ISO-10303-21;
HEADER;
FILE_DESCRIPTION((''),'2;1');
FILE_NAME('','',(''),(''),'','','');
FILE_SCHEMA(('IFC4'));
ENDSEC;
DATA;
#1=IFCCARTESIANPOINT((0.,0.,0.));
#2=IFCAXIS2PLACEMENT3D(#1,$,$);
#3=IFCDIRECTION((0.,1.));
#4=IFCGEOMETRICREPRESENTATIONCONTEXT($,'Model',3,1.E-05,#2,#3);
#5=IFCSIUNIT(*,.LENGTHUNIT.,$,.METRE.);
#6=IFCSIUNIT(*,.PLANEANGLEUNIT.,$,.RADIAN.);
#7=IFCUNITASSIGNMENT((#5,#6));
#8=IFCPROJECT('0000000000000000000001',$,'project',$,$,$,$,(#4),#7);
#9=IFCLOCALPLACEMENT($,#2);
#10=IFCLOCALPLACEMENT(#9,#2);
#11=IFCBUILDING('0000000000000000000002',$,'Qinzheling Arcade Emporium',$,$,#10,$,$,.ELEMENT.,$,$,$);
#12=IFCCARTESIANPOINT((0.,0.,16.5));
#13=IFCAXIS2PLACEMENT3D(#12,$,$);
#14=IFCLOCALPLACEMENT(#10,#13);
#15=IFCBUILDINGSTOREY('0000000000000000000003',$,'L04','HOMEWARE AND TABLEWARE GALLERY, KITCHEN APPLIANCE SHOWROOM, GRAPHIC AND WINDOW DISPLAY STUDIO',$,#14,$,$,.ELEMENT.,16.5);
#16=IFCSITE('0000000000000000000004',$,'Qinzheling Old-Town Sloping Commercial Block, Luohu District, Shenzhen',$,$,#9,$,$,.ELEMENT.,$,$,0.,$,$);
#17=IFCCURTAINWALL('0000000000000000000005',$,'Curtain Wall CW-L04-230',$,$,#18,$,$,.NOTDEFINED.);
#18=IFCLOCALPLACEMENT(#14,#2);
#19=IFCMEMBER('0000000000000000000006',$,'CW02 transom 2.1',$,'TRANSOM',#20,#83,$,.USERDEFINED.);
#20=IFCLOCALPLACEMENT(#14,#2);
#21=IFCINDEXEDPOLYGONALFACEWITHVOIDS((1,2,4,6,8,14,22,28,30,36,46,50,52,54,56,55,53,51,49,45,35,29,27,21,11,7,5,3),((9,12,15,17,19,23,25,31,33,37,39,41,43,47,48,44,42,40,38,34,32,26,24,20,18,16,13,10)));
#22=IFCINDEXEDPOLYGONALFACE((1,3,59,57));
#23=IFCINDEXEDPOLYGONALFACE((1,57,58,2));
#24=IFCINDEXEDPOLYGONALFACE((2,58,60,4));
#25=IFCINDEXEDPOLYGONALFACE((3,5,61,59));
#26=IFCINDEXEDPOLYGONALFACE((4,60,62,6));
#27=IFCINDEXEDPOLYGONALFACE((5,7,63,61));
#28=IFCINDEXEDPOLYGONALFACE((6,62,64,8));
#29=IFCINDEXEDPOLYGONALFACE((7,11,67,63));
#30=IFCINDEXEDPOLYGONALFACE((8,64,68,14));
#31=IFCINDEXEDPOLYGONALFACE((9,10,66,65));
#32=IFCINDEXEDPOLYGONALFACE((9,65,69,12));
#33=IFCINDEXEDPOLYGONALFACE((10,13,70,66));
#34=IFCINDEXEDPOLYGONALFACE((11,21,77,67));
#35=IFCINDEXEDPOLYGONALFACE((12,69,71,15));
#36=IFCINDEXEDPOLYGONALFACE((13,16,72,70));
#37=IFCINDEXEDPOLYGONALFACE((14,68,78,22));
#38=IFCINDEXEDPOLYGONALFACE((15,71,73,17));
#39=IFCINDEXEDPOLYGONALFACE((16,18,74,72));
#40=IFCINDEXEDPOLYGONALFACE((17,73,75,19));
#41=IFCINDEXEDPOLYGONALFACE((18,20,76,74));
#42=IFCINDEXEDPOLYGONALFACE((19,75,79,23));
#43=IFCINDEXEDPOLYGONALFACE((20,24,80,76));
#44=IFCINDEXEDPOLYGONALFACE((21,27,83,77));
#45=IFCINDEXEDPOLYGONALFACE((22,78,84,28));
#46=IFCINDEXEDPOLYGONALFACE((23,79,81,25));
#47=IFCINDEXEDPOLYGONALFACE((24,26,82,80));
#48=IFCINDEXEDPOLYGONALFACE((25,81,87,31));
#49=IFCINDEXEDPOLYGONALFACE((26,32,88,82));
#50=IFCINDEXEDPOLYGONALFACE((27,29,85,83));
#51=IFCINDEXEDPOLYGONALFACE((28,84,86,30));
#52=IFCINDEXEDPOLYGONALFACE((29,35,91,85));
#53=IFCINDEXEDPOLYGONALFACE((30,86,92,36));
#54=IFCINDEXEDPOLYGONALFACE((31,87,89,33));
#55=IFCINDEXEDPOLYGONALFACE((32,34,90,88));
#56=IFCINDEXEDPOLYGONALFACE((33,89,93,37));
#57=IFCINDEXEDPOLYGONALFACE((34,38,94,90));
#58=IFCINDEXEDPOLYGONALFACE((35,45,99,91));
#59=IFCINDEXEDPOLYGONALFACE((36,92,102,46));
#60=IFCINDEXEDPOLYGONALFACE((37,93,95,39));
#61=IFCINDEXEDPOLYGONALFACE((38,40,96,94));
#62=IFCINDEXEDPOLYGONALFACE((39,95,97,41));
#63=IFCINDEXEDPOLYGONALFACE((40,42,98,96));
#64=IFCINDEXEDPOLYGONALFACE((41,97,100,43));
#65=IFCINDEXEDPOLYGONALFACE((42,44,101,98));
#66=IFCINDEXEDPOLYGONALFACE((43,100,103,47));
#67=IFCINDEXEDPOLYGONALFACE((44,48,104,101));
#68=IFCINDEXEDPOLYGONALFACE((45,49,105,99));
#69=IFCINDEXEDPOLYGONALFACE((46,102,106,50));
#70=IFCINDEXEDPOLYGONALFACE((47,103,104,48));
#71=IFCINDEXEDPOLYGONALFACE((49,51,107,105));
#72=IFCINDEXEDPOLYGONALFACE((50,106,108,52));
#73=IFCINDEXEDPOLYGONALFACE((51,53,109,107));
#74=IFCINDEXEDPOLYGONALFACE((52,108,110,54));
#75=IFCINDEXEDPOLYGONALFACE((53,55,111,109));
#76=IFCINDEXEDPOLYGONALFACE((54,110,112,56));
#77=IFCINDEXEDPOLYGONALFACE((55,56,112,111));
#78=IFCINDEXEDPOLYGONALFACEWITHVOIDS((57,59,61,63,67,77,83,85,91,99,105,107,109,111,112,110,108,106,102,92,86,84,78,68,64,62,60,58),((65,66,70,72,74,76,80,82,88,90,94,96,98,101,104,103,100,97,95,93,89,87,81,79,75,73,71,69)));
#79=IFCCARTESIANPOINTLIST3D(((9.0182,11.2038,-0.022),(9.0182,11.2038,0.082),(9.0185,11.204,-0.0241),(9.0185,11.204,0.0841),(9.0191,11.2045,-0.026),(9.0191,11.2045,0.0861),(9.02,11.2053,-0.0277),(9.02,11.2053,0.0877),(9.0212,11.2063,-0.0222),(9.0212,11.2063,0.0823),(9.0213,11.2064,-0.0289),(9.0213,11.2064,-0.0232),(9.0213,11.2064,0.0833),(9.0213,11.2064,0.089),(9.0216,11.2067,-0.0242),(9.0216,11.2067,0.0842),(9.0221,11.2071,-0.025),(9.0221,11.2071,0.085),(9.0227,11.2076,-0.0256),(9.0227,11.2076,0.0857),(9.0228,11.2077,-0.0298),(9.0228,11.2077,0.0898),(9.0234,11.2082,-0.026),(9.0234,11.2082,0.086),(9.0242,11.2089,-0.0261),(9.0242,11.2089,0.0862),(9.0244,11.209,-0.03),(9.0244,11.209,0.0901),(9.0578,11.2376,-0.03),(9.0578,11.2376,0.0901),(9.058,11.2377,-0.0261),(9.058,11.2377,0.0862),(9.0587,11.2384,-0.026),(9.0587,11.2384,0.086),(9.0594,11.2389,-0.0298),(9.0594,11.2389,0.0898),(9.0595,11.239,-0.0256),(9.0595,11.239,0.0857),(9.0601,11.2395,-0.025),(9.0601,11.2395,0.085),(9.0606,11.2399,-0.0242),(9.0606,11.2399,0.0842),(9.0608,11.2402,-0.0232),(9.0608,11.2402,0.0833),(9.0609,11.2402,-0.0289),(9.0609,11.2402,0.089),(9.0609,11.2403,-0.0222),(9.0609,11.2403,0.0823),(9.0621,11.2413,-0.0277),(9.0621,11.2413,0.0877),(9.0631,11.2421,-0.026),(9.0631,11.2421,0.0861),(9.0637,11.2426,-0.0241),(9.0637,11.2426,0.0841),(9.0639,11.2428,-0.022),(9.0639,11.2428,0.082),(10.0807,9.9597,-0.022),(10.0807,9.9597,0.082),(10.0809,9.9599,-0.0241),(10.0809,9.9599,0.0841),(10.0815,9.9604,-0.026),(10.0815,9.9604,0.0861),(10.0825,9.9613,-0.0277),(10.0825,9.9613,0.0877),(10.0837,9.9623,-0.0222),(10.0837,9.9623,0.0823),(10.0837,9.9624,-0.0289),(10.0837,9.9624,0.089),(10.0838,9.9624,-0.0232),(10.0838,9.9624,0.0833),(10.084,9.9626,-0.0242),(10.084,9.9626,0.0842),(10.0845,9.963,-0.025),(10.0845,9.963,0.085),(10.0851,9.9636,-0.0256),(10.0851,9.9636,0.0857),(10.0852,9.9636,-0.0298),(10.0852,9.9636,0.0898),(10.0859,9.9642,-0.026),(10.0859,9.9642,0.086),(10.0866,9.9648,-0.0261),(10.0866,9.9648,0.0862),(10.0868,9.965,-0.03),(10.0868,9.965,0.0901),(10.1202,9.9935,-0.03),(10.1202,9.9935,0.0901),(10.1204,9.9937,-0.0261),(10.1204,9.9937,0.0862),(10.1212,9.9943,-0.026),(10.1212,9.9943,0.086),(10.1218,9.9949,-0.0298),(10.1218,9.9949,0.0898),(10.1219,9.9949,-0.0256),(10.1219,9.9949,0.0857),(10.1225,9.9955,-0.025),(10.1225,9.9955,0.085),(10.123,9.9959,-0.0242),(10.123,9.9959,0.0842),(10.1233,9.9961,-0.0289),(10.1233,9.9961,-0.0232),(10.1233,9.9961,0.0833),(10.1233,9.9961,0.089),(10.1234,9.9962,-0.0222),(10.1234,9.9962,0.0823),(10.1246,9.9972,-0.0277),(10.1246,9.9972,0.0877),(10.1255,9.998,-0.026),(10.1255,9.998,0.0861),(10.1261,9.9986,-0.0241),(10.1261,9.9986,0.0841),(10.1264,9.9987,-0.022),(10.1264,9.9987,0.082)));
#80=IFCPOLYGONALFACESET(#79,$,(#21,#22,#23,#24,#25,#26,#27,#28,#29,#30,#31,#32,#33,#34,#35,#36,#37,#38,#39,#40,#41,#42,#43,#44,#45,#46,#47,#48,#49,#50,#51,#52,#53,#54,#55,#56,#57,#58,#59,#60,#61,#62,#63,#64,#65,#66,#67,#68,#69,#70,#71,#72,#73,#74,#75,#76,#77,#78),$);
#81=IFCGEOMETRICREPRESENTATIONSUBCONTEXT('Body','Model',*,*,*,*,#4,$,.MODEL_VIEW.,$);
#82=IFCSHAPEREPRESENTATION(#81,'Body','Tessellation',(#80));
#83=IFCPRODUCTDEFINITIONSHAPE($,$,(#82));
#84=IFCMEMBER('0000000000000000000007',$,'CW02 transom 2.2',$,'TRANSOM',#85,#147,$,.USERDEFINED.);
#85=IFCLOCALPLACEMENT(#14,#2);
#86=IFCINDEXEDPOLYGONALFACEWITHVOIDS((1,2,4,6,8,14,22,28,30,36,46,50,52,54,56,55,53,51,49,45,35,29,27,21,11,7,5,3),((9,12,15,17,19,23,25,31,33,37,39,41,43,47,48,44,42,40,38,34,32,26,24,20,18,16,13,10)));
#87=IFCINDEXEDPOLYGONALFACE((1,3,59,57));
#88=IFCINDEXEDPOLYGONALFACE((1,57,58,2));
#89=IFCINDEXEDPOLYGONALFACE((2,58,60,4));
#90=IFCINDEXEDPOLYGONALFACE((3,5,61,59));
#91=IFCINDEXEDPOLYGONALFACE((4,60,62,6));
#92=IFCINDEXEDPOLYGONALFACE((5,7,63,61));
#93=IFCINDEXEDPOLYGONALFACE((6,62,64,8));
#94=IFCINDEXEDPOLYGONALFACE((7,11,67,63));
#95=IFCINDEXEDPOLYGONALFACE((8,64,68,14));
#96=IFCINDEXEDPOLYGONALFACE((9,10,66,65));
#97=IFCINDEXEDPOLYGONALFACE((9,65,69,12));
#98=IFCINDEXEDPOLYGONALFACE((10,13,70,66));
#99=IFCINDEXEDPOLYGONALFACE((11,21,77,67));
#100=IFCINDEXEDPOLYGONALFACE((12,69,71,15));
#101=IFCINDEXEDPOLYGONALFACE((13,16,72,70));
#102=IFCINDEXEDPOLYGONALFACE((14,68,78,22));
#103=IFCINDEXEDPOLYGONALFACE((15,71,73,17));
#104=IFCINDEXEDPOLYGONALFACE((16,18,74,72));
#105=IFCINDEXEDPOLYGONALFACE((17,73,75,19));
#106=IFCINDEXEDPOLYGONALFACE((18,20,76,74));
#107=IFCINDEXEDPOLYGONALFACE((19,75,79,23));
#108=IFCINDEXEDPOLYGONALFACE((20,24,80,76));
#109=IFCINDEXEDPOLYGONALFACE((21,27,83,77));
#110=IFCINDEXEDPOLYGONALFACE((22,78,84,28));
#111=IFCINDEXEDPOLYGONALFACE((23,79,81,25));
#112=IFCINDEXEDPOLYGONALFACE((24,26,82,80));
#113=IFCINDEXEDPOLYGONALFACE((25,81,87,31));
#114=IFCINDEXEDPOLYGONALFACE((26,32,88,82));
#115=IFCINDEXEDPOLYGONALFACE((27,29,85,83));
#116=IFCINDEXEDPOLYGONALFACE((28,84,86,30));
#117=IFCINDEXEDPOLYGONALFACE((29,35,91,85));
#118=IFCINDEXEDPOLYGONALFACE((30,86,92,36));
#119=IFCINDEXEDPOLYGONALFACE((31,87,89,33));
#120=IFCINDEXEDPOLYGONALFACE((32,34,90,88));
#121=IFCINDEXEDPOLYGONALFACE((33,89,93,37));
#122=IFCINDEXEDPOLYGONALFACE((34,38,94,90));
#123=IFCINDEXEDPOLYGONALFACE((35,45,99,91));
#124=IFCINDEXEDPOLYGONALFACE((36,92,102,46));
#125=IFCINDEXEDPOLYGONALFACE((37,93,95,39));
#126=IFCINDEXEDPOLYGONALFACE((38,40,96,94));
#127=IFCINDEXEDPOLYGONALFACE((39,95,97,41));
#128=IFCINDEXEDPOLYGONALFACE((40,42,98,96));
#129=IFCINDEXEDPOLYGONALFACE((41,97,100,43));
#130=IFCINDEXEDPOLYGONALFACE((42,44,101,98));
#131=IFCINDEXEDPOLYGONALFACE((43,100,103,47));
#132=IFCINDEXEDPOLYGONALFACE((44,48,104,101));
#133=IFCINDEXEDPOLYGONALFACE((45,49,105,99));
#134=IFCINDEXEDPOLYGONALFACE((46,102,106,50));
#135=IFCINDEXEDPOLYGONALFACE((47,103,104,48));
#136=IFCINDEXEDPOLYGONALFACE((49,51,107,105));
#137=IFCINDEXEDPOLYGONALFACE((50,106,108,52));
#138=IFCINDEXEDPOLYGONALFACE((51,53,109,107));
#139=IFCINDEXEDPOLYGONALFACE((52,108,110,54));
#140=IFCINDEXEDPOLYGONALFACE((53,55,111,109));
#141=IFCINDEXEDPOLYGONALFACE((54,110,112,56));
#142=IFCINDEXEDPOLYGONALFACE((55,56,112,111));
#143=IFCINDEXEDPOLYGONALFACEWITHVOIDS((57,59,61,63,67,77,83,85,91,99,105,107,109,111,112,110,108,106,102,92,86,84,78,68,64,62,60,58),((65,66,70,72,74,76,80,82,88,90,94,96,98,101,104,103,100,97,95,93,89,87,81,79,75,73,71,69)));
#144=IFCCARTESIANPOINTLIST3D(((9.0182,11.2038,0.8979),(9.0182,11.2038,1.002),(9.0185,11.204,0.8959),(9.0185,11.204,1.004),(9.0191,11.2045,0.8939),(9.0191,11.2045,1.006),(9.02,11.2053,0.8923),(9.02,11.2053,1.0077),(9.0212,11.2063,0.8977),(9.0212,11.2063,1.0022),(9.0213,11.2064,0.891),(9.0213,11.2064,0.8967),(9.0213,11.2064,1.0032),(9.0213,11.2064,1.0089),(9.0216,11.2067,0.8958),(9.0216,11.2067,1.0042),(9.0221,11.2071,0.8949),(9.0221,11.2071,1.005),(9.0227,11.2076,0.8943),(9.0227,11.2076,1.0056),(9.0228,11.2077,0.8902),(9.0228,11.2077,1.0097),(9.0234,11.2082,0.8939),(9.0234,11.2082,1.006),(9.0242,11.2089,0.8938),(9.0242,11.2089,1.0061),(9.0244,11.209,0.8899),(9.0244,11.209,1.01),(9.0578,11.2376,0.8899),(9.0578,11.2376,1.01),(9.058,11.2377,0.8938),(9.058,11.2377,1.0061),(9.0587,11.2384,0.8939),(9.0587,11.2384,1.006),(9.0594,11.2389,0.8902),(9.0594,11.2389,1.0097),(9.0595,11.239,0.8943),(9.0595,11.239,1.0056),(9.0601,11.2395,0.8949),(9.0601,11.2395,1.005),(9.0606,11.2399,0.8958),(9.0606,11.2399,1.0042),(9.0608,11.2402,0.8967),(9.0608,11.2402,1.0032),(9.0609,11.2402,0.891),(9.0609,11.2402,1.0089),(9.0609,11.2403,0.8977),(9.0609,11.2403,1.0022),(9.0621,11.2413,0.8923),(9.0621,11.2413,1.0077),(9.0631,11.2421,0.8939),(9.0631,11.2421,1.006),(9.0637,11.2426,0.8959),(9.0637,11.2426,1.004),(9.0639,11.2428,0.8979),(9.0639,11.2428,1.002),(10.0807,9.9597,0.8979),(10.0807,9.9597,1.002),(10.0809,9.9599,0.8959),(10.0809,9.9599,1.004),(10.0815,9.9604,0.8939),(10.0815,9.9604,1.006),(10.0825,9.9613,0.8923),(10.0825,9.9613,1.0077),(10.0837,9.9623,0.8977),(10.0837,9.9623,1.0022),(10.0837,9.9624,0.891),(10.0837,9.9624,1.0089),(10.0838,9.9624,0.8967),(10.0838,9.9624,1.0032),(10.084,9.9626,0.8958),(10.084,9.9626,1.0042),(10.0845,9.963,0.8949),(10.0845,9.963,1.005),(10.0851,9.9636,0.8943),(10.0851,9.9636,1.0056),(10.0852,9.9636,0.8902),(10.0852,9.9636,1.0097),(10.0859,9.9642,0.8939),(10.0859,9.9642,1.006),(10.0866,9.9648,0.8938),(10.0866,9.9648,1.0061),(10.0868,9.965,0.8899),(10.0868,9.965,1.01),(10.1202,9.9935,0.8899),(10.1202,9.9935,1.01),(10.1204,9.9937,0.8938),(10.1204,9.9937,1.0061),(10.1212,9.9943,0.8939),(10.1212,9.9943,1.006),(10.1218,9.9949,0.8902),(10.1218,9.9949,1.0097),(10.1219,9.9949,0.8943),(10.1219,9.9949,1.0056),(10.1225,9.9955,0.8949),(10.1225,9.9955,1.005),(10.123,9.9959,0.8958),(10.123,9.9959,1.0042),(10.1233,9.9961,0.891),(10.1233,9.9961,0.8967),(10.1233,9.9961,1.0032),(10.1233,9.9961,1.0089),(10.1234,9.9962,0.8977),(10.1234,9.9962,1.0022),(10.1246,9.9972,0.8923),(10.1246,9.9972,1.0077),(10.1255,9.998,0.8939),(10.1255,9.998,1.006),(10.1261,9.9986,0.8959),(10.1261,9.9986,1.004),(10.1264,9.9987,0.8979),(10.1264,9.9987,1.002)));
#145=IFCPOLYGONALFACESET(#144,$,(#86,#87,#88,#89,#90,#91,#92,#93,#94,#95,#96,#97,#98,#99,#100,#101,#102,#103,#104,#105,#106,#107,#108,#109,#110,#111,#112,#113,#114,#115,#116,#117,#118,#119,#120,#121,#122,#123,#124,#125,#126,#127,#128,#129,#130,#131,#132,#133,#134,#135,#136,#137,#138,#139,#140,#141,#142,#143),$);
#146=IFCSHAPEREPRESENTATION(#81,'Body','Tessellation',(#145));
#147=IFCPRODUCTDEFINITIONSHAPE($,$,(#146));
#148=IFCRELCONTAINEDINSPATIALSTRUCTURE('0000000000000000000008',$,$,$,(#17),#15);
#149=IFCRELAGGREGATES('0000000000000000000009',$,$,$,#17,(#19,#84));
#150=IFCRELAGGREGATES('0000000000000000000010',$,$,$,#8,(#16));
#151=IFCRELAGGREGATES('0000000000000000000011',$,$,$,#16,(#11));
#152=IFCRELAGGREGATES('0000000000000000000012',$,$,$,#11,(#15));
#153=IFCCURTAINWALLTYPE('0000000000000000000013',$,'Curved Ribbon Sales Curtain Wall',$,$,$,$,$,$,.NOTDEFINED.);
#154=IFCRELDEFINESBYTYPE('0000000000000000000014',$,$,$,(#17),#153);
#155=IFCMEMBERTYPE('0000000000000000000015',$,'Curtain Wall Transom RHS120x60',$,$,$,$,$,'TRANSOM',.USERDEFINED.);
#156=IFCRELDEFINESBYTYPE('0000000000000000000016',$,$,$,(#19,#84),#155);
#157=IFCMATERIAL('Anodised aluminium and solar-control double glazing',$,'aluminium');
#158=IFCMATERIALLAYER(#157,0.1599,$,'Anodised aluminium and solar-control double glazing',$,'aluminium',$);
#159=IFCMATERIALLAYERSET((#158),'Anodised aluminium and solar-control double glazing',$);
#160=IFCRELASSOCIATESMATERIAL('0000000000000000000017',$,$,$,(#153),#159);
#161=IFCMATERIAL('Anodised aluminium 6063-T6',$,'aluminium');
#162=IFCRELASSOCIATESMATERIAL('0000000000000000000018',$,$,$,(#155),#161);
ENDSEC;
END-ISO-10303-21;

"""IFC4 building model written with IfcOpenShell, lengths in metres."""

from ifc_helpers import new_model, si_unit, direction, frame, origin, origin_2d, place, context, subcontext, project, spatial, hollow_rectangle, extrude, material, layer, layer_set, material_profile, profile_set, type_object, element, aggregate, save


model = new_model("IFC4")

# Units and contexts
model_context = context("Model", 3, precision=1e-05, world=origin(), true_north=direction((0.0, 1.0)))
body_context = subcontext(model_context, "Body", "Model", "MODEL_VIEW")
ifc_project = project(units=[si_unit("LENGTHUNIT", "METRE"), si_unit("PLANEANGLEUNIT", "RADIAN")], contexts=[model_context])

# Site, building, storey
site_placement = place(None, origin())
site = spatial("IfcSite", under=ifc_project, at=site_placement, Name="Qinzheling Old-Town Sloping Commercial Block, Luohu District, Shenzhen", CompositionType="ELEMENT", RefElevation=0.0)
building_placement = place(site_placement, origin())
building = spatial("IfcBuilding", under=site, at=building_placement, Name="Qinzheling Arcade Emporium", CompositionType="ELEMENT")
storey_placement = place(building_placement, frame((0.0, 0.0, 16.5)))
storey = spatial("IfcBuildingStorey", under=building, at=storey_placement, Name="L04", Description="HOMEWARE AND TABLEWARE GALLERY, KITCHEN APPLIANCE SHOWROOM, GRAPHIC AND WINDOW DISPLAY STUDIO", CompositionType="ELEMENT", Elevation=16.5)

# Shared definitions
ifc_material_1 = material(Name="Anodised aluminium and solar-control double glazing", Category="aluminium")
ifc_layer_1 = layer(ifc_material_1, 0.1599, Name="Anodised aluminium and solar-control double glazing", Category="aluminium")
ifc_layer_set_1 = layer_set([ifc_layer_1], Name="Anodised aluminium and solar-control double glazing")
curtain_wall_type = type_object("IfcCurtainWallType", Name="Curved Ribbon Sales Curtain Wall", PredefinedType="NOTDEFINED", material=ifc_layer_set_1)
ifc_material_2 = material(Name="Anodised aluminium 6063-T6", Category="aluminium")

# Curtain wall
curtain_wall_1_placement = place(storey_placement, origin())
curtain_wall_1 = element("IfcCurtainWall", 1, at=curtain_wall_1_placement, inside=storey, type_object=curtain_wall_type, Name="Curtain Wall CW-L04-230", PredefinedType="NOTDEFINED")

# Members
ifc_material_profile_1 = material_profile(ifc_material_2, hollow_rectangle(XDim=0.0601, YDim=0.1201, WallThickness=0.0039, InnerFilletRadius=0.0039, OuterFilletRadius=0.0081, at=origin_2d()), Name="RHS 120x60x4", Category="aluminium")
ifc_profile_set_1 = profile_set([ifc_material_profile_1], Name="Anodised aluminium 6063-T6")
member_type_1 = type_object("IfcMemberType", Name="Curtain Wall Transom RHS120x60", ElementType="TRANSOM", PredefinedType="USERDEFINED", material=ifc_profile_set_1)
member_1_placement = place(storey_placement, frame((10.1035, 9.9792, 0.03), z_axis=(-0.649414, 0.760435, 0.0), x_axis=(-0.760435, -0.649414, 0.0)))
member_1 = element("IfcMember", 2, at=member_1_placement, type_object=member_type_1, Name="CW02 transom 2.1", ObjectType="TRANSOM", PredefinedType="USERDEFINED", context=body_context, shape_type="SweptSolid", body=[
    extrude(hollow_rectangle(XDim=0.0601, YDim=0.1201, WallThickness=0.0039, InnerFilletRadius=0.0039, OuterFilletRadius=0.0081, at=origin_2d()), origin(), (0.0, 0.0, 1.0), 1.636),
])
member_2_placement = place(storey_placement, frame((10.1035, 9.9792, 0.95), z_axis=(-0.649414, 0.760435, 0.0), x_axis=(-0.760435, -0.649414, 0.0)))
member_2 = element("IfcMember", 3, at=member_2_placement, type_object=member_type_1, Name="CW02 transom 2.2", ObjectType="TRANSOM", PredefinedType="USERDEFINED", context=body_context, shape_type="SweptSolid", body=[
    extrude(hollow_rectangle(XDim=0.0601, YDim=0.1201, WallThickness=0.0039, InnerFilletRadius=0.0039, OuterFilletRadius=0.0081, at=origin_2d()), origin(), (0.0, 0.0, 1.0), 1.636),
])

aggregate(curtain_wall_1, [member_1, member_2])

save(model, "model.ifc")
